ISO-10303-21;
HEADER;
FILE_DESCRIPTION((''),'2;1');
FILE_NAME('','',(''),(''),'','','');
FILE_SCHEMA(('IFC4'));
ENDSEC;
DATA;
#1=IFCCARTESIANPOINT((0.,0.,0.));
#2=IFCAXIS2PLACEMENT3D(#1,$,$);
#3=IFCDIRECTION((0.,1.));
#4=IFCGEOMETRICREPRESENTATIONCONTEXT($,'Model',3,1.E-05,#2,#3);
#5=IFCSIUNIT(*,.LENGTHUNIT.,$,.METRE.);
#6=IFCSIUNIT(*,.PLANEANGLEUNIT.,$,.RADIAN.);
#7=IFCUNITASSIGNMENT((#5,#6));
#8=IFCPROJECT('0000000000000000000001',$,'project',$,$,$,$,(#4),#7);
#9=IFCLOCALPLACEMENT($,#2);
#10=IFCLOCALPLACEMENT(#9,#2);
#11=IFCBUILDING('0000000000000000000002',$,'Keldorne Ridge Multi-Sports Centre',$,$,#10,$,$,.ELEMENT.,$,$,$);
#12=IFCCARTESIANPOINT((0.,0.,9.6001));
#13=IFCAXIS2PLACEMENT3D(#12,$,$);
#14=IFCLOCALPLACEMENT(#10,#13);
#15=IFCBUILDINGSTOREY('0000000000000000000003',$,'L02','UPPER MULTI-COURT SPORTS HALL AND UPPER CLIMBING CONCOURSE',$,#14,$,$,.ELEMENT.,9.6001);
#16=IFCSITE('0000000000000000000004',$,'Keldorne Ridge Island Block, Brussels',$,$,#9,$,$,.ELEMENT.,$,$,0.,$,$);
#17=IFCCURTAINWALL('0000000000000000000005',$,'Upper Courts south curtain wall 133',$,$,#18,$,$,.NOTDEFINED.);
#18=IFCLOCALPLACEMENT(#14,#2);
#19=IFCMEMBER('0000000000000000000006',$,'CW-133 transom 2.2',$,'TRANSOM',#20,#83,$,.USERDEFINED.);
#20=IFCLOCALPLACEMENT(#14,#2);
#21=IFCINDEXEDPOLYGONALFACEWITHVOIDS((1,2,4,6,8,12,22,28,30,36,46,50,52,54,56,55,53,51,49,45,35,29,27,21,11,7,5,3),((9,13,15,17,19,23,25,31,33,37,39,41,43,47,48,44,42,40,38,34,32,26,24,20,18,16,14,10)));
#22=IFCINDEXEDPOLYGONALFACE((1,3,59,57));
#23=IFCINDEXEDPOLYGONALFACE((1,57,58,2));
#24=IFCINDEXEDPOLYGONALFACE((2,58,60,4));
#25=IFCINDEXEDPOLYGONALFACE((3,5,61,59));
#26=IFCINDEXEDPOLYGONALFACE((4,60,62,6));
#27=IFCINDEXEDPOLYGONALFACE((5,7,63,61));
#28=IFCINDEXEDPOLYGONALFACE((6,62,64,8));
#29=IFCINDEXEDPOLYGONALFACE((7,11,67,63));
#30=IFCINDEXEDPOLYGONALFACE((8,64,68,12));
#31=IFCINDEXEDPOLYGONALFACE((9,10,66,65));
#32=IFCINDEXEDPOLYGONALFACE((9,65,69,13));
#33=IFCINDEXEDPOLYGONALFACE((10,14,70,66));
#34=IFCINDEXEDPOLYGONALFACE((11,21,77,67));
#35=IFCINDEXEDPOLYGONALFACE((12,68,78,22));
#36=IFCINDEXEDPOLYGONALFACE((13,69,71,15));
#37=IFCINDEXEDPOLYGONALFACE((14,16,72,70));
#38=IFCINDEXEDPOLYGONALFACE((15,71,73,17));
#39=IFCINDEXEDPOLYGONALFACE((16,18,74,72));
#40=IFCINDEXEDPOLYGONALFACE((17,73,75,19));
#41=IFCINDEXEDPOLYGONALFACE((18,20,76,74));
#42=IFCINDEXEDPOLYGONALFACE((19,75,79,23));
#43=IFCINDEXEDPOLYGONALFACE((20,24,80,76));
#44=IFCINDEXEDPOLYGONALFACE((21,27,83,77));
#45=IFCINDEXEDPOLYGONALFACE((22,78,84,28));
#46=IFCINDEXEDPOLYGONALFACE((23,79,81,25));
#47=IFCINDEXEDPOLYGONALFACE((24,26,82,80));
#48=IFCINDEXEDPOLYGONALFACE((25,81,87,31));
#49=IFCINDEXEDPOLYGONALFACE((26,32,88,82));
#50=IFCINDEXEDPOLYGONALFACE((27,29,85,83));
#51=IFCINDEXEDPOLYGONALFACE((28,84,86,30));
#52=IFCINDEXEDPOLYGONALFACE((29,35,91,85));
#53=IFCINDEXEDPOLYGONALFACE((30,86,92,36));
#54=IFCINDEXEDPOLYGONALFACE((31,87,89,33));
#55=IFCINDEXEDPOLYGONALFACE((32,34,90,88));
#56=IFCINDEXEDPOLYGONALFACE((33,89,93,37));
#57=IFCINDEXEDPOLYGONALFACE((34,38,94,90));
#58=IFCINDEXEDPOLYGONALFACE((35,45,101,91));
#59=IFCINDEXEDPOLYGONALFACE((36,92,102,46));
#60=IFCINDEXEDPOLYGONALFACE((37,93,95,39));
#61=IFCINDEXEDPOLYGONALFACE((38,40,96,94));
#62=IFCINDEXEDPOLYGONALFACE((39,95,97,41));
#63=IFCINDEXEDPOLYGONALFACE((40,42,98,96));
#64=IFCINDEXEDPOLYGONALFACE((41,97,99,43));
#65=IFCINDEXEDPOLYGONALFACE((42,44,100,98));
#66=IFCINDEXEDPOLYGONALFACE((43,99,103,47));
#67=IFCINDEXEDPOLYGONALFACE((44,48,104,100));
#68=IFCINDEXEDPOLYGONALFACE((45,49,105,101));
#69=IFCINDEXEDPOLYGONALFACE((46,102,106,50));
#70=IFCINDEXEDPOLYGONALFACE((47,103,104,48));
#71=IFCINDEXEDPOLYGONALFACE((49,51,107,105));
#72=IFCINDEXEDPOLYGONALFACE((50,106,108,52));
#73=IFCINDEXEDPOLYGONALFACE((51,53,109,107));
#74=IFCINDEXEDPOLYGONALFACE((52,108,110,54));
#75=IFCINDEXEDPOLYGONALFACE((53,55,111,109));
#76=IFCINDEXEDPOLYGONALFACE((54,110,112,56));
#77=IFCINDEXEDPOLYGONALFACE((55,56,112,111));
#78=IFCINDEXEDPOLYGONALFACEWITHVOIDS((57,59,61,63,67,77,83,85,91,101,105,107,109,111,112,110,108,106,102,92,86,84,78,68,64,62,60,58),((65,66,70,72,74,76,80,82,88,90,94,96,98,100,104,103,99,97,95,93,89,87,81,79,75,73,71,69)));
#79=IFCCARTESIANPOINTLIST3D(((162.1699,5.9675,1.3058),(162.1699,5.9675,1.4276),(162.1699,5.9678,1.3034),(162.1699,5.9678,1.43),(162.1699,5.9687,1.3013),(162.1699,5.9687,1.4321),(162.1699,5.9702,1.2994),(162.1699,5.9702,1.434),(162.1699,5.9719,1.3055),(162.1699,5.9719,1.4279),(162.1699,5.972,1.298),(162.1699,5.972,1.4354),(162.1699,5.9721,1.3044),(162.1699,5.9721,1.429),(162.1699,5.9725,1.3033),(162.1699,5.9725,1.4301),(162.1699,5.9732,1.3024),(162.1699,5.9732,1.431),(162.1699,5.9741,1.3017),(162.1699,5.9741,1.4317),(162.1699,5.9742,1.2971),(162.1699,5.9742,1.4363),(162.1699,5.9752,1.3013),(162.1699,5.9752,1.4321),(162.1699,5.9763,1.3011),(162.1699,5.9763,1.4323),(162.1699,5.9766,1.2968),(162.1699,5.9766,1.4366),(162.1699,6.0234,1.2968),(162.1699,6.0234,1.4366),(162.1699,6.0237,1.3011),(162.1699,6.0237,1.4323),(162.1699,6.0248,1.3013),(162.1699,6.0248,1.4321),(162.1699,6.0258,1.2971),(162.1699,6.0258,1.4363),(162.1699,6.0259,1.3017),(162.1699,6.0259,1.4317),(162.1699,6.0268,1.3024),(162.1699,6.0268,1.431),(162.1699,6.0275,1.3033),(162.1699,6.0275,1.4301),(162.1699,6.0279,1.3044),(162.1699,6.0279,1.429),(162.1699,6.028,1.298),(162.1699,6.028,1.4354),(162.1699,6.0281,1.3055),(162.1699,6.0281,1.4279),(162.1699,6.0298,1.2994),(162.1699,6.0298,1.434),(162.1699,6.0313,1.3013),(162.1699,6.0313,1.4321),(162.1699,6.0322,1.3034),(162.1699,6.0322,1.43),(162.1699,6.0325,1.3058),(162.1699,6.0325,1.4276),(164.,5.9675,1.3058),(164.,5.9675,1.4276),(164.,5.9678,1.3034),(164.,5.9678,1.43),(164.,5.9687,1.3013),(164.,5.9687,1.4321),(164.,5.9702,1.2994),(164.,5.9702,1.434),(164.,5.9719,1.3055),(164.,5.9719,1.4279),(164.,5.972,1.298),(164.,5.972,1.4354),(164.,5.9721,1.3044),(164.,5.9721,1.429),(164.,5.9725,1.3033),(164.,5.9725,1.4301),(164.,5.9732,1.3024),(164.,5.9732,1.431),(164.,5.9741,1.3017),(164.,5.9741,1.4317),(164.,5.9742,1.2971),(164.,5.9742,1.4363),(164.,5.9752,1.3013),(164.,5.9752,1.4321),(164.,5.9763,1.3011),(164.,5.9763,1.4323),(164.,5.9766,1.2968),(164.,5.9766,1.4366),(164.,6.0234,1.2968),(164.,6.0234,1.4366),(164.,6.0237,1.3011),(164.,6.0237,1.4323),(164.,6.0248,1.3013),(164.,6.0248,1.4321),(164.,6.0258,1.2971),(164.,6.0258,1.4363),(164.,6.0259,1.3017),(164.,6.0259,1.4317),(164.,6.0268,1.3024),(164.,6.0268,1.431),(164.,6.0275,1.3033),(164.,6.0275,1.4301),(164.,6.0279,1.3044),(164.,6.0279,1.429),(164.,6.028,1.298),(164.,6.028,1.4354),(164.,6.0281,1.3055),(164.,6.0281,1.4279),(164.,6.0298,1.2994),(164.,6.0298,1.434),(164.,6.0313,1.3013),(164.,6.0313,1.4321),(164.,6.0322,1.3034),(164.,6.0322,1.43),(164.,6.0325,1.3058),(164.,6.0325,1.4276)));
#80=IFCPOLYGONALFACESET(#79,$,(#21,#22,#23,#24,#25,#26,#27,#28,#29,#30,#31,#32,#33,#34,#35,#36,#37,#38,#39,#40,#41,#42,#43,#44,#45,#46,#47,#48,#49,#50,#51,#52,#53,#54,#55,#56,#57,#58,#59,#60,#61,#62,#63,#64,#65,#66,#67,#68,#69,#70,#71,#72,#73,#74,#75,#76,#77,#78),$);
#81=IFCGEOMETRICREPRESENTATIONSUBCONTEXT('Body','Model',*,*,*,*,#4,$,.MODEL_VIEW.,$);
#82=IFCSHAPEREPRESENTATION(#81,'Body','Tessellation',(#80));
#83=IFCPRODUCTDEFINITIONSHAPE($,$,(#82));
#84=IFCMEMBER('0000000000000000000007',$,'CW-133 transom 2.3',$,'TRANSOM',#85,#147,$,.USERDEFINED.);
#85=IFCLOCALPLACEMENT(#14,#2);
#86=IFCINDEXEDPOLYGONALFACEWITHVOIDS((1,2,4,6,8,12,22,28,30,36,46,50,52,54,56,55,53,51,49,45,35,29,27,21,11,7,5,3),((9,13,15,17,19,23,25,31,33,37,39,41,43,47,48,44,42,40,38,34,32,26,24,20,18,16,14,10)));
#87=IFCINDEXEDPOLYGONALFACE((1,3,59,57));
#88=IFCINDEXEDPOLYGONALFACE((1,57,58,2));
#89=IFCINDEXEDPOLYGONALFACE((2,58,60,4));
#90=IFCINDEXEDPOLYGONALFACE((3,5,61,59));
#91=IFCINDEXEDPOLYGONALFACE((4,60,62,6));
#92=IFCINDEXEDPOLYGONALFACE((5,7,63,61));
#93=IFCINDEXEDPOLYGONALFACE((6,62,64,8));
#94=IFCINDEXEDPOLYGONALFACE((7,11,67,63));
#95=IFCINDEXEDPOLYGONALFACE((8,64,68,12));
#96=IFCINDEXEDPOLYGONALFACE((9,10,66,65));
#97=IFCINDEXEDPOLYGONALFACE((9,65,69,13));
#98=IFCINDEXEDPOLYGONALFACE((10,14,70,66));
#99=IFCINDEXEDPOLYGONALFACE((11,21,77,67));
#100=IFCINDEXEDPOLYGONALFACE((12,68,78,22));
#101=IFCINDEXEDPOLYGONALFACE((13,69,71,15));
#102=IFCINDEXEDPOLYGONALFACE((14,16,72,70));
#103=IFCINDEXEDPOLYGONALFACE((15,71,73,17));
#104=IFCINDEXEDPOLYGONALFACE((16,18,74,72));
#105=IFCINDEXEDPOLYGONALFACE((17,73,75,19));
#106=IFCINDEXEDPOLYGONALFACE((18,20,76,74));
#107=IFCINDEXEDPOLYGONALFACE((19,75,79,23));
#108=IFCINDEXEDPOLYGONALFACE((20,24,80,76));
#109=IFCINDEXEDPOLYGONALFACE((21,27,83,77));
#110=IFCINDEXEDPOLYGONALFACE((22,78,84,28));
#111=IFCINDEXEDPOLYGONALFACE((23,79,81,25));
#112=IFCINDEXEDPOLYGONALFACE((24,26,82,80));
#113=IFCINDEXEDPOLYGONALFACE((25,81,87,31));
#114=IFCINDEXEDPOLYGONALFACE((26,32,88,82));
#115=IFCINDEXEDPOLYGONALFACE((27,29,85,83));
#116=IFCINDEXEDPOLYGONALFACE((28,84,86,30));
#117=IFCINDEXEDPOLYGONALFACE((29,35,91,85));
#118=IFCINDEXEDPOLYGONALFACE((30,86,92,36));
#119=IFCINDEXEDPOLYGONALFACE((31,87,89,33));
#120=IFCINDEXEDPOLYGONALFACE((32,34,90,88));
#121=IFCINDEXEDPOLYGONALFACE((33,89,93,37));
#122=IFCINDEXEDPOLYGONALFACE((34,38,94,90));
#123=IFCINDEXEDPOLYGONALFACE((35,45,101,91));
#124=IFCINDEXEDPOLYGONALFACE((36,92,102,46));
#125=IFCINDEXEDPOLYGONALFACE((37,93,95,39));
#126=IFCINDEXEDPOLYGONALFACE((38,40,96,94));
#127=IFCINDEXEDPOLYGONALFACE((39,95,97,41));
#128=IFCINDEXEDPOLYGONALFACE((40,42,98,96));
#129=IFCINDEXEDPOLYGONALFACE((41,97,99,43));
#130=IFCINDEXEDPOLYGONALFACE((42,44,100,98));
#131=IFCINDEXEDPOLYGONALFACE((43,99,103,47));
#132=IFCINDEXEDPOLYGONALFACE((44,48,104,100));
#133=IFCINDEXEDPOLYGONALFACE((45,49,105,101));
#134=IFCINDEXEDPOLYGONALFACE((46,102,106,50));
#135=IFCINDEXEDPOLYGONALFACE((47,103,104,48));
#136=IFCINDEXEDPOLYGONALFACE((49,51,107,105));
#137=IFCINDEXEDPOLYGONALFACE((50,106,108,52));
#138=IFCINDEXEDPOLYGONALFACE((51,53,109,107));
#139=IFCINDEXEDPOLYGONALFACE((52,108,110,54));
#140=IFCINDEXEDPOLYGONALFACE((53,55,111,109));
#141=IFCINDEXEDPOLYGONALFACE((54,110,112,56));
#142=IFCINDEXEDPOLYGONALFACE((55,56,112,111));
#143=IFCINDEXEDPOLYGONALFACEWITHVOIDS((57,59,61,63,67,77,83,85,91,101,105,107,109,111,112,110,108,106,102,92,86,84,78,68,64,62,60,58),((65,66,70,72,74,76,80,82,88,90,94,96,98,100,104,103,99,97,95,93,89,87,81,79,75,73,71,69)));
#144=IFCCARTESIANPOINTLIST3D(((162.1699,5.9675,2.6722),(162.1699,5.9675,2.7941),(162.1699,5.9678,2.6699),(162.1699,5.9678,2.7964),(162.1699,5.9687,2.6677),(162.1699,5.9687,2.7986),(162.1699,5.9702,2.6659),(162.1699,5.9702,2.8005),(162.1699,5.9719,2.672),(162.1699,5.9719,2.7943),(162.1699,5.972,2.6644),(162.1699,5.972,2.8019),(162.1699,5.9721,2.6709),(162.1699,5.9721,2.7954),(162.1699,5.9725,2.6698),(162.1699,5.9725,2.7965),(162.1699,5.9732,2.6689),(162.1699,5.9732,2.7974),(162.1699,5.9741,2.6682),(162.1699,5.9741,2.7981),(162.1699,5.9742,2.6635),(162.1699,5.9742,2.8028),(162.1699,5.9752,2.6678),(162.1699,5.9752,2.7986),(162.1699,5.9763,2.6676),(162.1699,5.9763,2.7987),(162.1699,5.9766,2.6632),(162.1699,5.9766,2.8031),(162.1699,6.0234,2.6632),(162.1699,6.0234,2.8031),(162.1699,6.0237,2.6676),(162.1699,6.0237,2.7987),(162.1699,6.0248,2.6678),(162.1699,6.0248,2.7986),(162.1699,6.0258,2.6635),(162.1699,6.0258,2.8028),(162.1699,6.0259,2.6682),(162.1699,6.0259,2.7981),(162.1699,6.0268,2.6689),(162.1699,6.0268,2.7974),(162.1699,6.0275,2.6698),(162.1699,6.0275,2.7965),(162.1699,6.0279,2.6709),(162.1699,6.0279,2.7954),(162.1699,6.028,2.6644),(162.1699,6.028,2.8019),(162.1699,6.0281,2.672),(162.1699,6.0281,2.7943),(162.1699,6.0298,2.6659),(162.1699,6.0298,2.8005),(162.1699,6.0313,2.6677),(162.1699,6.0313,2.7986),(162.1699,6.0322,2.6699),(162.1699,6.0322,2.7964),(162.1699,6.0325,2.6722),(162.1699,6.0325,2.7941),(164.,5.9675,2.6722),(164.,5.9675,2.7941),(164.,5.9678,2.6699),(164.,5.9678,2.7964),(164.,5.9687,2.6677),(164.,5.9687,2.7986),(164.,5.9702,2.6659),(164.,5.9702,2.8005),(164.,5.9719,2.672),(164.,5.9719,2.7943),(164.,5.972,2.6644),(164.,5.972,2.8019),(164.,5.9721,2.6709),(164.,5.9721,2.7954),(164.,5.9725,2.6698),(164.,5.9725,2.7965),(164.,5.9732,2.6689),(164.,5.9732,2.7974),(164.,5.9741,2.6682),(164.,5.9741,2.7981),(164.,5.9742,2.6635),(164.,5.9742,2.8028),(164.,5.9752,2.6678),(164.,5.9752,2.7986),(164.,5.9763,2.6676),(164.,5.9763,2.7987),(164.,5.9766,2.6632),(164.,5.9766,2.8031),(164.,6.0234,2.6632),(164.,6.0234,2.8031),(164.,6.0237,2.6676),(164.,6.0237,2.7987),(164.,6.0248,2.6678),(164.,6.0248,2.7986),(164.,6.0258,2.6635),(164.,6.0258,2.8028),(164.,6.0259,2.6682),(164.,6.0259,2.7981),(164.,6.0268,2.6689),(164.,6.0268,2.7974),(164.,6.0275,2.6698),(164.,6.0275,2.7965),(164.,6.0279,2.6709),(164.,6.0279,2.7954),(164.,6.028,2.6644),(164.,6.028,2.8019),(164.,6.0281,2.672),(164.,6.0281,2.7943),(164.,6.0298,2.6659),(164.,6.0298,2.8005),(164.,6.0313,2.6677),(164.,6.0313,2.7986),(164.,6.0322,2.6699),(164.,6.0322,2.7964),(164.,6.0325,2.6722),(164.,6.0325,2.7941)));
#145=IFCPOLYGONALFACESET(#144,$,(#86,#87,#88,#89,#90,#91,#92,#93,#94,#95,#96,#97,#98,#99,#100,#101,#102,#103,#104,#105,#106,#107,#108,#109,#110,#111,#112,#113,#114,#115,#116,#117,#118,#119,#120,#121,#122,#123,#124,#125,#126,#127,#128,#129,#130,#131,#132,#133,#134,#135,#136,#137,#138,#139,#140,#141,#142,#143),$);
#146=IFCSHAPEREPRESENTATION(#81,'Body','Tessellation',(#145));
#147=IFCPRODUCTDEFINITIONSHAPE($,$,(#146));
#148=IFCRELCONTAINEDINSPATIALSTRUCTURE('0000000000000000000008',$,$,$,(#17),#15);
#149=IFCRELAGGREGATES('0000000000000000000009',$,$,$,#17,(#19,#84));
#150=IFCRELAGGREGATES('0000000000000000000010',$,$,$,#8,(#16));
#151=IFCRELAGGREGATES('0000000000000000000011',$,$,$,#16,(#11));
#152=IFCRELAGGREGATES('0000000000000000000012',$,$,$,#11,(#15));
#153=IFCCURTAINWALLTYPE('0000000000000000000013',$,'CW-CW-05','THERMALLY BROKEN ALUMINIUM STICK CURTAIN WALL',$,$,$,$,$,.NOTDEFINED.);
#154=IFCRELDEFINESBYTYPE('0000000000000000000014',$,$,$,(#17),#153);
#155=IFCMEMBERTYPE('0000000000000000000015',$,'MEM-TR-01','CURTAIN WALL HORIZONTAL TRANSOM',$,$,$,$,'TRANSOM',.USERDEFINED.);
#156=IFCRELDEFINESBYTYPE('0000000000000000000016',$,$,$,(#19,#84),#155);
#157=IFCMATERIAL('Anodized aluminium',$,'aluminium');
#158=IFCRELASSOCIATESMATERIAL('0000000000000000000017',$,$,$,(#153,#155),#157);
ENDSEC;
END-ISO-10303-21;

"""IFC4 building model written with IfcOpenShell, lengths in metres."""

from ifc_helpers import new_model, si_unit, direction, frame, origin, origin_2d, place, context, subcontext, project, spatial, hollow_rectangle, extrude, material, material_profile, profile_set, type_object, element, aggregate, save


model = new_model("IFC4")

# Units and contexts
model_context = context("Model", 3, precision=1e-05, world=origin(), true_north=direction((0.0, 1.0)))
body_context = subcontext(model_context, "Body", "Model", "MODEL_VIEW")
ifc_project = project(units=[si_unit("LENGTHUNIT", "METRE"), si_unit("PLANEANGLEUNIT", "RADIAN")], contexts=[model_context])

# Site, building, storey
site_placement = place(None, origin())
site = spatial("IfcSite", under=ifc_project, at=site_placement, Name="Keldorne Ridge Island Block, Brussels", CompositionType="ELEMENT", RefElevation=0.0)
building_placement = place(site_placement, origin())
building = spatial("IfcBuilding", under=site, at=building_placement, Name="Keldorne Ridge Multi-Sports Centre", CompositionType="ELEMENT")
storey_placement = place(building_placement, frame((0.0, 0.0, 9.6001)))
storey = spatial("IfcBuildingStorey", under=building, at=storey_placement, Name="L02", Description="UPPER MULTI-COURT SPORTS HALL AND UPPER CLIMBING CONCOURSE", CompositionType="ELEMENT", Elevation=9.6001)

# Curtain wall, members
ifc_material_1 = material(Name="Anodized aluminium", Category="aluminium")
curtain_wall_type = type_object("IfcCurtainWallType", Name="CW-CW-05", Description="THERMALLY BROKEN ALUMINIUM STICK CURTAIN WALL", PredefinedType="NOTDEFINED", material=ifc_material_1)
curtain_wall_placement = place(storey_placement, origin())
curtain_wall = element("IfcCurtainWall", 1, at=curtain_wall_placement, inside=storey, type_object=curtain_wall_type, Name="Upper Courts south curtain wall 133", PredefinedType="NOTDEFINED")
ifc_material_profile_1 = material_profile(ifc_material_1, hollow_rectangle(XDim=0.0649, YDim=0.1399, WallThickness=0.0044, InnerFilletRadius=0.0044, OuterFilletRadius=0.009, at=origin_2d()), Name="ALU TRANSOM 140x65x4.5")
ifc_profile_set_1 = profile_set([ifc_material_profile_1], Name="Anodized aluminium")
member_type_1 = type_object("IfcMemberType", Name="MEM-TR-01", Description="CURTAIN WALL HORIZONTAL TRANSOM", ElementType="TRANSOM", PredefinedType="USERDEFINED", material=ifc_profile_set_1)
member_1_placement = place(storey_placement, frame((162.1699, 6.0, 1.3667), z_axis=(1.0, 0.0, 0.0), x_axis=(0.0, 1.0, 0.0)))
member_1 = element("IfcMember", 2, at=member_1_placement, type_object=member_type_1, Name="CW-133 transom 2.2", ObjectType="TRANSOM", PredefinedType="USERDEFINED", context=body_context, shape_type="SweptSolid", body=[
    extrude(hollow_rectangle(XDim=0.0649, YDim=0.1399, WallThickness=0.0044, InnerFilletRadius=0.0044, OuterFilletRadius=0.009, at=origin_2d()), origin(), (0.0, 0.0, 1.0), 1.8301),
])
member_2_placement = place(storey_placement, frame((162.1699, 6.0, 2.7332), z_axis=(1.0, 0.0, 0.0), x_axis=(0.0, 1.0, 0.0)))
member_2 = element("IfcMember", 3, at=member_2_placement, type_object=member_type_1, Name="CW-133 transom 2.3", ObjectType="TRANSOM", PredefinedType="USERDEFINED", context=body_context, shape_type="SweptSolid", body=[
    extrude(hollow_rectangle(XDim=0.0649, YDim=0.1399, WallThickness=0.0044, InnerFilletRadius=0.0044, OuterFilletRadius=0.009, at=origin_2d()), origin(), (0.0, 0.0, 1.0), 1.8301),
])
aggregate(curtain_wall, [member_1, member_2])

save(model, "model.ifc")
